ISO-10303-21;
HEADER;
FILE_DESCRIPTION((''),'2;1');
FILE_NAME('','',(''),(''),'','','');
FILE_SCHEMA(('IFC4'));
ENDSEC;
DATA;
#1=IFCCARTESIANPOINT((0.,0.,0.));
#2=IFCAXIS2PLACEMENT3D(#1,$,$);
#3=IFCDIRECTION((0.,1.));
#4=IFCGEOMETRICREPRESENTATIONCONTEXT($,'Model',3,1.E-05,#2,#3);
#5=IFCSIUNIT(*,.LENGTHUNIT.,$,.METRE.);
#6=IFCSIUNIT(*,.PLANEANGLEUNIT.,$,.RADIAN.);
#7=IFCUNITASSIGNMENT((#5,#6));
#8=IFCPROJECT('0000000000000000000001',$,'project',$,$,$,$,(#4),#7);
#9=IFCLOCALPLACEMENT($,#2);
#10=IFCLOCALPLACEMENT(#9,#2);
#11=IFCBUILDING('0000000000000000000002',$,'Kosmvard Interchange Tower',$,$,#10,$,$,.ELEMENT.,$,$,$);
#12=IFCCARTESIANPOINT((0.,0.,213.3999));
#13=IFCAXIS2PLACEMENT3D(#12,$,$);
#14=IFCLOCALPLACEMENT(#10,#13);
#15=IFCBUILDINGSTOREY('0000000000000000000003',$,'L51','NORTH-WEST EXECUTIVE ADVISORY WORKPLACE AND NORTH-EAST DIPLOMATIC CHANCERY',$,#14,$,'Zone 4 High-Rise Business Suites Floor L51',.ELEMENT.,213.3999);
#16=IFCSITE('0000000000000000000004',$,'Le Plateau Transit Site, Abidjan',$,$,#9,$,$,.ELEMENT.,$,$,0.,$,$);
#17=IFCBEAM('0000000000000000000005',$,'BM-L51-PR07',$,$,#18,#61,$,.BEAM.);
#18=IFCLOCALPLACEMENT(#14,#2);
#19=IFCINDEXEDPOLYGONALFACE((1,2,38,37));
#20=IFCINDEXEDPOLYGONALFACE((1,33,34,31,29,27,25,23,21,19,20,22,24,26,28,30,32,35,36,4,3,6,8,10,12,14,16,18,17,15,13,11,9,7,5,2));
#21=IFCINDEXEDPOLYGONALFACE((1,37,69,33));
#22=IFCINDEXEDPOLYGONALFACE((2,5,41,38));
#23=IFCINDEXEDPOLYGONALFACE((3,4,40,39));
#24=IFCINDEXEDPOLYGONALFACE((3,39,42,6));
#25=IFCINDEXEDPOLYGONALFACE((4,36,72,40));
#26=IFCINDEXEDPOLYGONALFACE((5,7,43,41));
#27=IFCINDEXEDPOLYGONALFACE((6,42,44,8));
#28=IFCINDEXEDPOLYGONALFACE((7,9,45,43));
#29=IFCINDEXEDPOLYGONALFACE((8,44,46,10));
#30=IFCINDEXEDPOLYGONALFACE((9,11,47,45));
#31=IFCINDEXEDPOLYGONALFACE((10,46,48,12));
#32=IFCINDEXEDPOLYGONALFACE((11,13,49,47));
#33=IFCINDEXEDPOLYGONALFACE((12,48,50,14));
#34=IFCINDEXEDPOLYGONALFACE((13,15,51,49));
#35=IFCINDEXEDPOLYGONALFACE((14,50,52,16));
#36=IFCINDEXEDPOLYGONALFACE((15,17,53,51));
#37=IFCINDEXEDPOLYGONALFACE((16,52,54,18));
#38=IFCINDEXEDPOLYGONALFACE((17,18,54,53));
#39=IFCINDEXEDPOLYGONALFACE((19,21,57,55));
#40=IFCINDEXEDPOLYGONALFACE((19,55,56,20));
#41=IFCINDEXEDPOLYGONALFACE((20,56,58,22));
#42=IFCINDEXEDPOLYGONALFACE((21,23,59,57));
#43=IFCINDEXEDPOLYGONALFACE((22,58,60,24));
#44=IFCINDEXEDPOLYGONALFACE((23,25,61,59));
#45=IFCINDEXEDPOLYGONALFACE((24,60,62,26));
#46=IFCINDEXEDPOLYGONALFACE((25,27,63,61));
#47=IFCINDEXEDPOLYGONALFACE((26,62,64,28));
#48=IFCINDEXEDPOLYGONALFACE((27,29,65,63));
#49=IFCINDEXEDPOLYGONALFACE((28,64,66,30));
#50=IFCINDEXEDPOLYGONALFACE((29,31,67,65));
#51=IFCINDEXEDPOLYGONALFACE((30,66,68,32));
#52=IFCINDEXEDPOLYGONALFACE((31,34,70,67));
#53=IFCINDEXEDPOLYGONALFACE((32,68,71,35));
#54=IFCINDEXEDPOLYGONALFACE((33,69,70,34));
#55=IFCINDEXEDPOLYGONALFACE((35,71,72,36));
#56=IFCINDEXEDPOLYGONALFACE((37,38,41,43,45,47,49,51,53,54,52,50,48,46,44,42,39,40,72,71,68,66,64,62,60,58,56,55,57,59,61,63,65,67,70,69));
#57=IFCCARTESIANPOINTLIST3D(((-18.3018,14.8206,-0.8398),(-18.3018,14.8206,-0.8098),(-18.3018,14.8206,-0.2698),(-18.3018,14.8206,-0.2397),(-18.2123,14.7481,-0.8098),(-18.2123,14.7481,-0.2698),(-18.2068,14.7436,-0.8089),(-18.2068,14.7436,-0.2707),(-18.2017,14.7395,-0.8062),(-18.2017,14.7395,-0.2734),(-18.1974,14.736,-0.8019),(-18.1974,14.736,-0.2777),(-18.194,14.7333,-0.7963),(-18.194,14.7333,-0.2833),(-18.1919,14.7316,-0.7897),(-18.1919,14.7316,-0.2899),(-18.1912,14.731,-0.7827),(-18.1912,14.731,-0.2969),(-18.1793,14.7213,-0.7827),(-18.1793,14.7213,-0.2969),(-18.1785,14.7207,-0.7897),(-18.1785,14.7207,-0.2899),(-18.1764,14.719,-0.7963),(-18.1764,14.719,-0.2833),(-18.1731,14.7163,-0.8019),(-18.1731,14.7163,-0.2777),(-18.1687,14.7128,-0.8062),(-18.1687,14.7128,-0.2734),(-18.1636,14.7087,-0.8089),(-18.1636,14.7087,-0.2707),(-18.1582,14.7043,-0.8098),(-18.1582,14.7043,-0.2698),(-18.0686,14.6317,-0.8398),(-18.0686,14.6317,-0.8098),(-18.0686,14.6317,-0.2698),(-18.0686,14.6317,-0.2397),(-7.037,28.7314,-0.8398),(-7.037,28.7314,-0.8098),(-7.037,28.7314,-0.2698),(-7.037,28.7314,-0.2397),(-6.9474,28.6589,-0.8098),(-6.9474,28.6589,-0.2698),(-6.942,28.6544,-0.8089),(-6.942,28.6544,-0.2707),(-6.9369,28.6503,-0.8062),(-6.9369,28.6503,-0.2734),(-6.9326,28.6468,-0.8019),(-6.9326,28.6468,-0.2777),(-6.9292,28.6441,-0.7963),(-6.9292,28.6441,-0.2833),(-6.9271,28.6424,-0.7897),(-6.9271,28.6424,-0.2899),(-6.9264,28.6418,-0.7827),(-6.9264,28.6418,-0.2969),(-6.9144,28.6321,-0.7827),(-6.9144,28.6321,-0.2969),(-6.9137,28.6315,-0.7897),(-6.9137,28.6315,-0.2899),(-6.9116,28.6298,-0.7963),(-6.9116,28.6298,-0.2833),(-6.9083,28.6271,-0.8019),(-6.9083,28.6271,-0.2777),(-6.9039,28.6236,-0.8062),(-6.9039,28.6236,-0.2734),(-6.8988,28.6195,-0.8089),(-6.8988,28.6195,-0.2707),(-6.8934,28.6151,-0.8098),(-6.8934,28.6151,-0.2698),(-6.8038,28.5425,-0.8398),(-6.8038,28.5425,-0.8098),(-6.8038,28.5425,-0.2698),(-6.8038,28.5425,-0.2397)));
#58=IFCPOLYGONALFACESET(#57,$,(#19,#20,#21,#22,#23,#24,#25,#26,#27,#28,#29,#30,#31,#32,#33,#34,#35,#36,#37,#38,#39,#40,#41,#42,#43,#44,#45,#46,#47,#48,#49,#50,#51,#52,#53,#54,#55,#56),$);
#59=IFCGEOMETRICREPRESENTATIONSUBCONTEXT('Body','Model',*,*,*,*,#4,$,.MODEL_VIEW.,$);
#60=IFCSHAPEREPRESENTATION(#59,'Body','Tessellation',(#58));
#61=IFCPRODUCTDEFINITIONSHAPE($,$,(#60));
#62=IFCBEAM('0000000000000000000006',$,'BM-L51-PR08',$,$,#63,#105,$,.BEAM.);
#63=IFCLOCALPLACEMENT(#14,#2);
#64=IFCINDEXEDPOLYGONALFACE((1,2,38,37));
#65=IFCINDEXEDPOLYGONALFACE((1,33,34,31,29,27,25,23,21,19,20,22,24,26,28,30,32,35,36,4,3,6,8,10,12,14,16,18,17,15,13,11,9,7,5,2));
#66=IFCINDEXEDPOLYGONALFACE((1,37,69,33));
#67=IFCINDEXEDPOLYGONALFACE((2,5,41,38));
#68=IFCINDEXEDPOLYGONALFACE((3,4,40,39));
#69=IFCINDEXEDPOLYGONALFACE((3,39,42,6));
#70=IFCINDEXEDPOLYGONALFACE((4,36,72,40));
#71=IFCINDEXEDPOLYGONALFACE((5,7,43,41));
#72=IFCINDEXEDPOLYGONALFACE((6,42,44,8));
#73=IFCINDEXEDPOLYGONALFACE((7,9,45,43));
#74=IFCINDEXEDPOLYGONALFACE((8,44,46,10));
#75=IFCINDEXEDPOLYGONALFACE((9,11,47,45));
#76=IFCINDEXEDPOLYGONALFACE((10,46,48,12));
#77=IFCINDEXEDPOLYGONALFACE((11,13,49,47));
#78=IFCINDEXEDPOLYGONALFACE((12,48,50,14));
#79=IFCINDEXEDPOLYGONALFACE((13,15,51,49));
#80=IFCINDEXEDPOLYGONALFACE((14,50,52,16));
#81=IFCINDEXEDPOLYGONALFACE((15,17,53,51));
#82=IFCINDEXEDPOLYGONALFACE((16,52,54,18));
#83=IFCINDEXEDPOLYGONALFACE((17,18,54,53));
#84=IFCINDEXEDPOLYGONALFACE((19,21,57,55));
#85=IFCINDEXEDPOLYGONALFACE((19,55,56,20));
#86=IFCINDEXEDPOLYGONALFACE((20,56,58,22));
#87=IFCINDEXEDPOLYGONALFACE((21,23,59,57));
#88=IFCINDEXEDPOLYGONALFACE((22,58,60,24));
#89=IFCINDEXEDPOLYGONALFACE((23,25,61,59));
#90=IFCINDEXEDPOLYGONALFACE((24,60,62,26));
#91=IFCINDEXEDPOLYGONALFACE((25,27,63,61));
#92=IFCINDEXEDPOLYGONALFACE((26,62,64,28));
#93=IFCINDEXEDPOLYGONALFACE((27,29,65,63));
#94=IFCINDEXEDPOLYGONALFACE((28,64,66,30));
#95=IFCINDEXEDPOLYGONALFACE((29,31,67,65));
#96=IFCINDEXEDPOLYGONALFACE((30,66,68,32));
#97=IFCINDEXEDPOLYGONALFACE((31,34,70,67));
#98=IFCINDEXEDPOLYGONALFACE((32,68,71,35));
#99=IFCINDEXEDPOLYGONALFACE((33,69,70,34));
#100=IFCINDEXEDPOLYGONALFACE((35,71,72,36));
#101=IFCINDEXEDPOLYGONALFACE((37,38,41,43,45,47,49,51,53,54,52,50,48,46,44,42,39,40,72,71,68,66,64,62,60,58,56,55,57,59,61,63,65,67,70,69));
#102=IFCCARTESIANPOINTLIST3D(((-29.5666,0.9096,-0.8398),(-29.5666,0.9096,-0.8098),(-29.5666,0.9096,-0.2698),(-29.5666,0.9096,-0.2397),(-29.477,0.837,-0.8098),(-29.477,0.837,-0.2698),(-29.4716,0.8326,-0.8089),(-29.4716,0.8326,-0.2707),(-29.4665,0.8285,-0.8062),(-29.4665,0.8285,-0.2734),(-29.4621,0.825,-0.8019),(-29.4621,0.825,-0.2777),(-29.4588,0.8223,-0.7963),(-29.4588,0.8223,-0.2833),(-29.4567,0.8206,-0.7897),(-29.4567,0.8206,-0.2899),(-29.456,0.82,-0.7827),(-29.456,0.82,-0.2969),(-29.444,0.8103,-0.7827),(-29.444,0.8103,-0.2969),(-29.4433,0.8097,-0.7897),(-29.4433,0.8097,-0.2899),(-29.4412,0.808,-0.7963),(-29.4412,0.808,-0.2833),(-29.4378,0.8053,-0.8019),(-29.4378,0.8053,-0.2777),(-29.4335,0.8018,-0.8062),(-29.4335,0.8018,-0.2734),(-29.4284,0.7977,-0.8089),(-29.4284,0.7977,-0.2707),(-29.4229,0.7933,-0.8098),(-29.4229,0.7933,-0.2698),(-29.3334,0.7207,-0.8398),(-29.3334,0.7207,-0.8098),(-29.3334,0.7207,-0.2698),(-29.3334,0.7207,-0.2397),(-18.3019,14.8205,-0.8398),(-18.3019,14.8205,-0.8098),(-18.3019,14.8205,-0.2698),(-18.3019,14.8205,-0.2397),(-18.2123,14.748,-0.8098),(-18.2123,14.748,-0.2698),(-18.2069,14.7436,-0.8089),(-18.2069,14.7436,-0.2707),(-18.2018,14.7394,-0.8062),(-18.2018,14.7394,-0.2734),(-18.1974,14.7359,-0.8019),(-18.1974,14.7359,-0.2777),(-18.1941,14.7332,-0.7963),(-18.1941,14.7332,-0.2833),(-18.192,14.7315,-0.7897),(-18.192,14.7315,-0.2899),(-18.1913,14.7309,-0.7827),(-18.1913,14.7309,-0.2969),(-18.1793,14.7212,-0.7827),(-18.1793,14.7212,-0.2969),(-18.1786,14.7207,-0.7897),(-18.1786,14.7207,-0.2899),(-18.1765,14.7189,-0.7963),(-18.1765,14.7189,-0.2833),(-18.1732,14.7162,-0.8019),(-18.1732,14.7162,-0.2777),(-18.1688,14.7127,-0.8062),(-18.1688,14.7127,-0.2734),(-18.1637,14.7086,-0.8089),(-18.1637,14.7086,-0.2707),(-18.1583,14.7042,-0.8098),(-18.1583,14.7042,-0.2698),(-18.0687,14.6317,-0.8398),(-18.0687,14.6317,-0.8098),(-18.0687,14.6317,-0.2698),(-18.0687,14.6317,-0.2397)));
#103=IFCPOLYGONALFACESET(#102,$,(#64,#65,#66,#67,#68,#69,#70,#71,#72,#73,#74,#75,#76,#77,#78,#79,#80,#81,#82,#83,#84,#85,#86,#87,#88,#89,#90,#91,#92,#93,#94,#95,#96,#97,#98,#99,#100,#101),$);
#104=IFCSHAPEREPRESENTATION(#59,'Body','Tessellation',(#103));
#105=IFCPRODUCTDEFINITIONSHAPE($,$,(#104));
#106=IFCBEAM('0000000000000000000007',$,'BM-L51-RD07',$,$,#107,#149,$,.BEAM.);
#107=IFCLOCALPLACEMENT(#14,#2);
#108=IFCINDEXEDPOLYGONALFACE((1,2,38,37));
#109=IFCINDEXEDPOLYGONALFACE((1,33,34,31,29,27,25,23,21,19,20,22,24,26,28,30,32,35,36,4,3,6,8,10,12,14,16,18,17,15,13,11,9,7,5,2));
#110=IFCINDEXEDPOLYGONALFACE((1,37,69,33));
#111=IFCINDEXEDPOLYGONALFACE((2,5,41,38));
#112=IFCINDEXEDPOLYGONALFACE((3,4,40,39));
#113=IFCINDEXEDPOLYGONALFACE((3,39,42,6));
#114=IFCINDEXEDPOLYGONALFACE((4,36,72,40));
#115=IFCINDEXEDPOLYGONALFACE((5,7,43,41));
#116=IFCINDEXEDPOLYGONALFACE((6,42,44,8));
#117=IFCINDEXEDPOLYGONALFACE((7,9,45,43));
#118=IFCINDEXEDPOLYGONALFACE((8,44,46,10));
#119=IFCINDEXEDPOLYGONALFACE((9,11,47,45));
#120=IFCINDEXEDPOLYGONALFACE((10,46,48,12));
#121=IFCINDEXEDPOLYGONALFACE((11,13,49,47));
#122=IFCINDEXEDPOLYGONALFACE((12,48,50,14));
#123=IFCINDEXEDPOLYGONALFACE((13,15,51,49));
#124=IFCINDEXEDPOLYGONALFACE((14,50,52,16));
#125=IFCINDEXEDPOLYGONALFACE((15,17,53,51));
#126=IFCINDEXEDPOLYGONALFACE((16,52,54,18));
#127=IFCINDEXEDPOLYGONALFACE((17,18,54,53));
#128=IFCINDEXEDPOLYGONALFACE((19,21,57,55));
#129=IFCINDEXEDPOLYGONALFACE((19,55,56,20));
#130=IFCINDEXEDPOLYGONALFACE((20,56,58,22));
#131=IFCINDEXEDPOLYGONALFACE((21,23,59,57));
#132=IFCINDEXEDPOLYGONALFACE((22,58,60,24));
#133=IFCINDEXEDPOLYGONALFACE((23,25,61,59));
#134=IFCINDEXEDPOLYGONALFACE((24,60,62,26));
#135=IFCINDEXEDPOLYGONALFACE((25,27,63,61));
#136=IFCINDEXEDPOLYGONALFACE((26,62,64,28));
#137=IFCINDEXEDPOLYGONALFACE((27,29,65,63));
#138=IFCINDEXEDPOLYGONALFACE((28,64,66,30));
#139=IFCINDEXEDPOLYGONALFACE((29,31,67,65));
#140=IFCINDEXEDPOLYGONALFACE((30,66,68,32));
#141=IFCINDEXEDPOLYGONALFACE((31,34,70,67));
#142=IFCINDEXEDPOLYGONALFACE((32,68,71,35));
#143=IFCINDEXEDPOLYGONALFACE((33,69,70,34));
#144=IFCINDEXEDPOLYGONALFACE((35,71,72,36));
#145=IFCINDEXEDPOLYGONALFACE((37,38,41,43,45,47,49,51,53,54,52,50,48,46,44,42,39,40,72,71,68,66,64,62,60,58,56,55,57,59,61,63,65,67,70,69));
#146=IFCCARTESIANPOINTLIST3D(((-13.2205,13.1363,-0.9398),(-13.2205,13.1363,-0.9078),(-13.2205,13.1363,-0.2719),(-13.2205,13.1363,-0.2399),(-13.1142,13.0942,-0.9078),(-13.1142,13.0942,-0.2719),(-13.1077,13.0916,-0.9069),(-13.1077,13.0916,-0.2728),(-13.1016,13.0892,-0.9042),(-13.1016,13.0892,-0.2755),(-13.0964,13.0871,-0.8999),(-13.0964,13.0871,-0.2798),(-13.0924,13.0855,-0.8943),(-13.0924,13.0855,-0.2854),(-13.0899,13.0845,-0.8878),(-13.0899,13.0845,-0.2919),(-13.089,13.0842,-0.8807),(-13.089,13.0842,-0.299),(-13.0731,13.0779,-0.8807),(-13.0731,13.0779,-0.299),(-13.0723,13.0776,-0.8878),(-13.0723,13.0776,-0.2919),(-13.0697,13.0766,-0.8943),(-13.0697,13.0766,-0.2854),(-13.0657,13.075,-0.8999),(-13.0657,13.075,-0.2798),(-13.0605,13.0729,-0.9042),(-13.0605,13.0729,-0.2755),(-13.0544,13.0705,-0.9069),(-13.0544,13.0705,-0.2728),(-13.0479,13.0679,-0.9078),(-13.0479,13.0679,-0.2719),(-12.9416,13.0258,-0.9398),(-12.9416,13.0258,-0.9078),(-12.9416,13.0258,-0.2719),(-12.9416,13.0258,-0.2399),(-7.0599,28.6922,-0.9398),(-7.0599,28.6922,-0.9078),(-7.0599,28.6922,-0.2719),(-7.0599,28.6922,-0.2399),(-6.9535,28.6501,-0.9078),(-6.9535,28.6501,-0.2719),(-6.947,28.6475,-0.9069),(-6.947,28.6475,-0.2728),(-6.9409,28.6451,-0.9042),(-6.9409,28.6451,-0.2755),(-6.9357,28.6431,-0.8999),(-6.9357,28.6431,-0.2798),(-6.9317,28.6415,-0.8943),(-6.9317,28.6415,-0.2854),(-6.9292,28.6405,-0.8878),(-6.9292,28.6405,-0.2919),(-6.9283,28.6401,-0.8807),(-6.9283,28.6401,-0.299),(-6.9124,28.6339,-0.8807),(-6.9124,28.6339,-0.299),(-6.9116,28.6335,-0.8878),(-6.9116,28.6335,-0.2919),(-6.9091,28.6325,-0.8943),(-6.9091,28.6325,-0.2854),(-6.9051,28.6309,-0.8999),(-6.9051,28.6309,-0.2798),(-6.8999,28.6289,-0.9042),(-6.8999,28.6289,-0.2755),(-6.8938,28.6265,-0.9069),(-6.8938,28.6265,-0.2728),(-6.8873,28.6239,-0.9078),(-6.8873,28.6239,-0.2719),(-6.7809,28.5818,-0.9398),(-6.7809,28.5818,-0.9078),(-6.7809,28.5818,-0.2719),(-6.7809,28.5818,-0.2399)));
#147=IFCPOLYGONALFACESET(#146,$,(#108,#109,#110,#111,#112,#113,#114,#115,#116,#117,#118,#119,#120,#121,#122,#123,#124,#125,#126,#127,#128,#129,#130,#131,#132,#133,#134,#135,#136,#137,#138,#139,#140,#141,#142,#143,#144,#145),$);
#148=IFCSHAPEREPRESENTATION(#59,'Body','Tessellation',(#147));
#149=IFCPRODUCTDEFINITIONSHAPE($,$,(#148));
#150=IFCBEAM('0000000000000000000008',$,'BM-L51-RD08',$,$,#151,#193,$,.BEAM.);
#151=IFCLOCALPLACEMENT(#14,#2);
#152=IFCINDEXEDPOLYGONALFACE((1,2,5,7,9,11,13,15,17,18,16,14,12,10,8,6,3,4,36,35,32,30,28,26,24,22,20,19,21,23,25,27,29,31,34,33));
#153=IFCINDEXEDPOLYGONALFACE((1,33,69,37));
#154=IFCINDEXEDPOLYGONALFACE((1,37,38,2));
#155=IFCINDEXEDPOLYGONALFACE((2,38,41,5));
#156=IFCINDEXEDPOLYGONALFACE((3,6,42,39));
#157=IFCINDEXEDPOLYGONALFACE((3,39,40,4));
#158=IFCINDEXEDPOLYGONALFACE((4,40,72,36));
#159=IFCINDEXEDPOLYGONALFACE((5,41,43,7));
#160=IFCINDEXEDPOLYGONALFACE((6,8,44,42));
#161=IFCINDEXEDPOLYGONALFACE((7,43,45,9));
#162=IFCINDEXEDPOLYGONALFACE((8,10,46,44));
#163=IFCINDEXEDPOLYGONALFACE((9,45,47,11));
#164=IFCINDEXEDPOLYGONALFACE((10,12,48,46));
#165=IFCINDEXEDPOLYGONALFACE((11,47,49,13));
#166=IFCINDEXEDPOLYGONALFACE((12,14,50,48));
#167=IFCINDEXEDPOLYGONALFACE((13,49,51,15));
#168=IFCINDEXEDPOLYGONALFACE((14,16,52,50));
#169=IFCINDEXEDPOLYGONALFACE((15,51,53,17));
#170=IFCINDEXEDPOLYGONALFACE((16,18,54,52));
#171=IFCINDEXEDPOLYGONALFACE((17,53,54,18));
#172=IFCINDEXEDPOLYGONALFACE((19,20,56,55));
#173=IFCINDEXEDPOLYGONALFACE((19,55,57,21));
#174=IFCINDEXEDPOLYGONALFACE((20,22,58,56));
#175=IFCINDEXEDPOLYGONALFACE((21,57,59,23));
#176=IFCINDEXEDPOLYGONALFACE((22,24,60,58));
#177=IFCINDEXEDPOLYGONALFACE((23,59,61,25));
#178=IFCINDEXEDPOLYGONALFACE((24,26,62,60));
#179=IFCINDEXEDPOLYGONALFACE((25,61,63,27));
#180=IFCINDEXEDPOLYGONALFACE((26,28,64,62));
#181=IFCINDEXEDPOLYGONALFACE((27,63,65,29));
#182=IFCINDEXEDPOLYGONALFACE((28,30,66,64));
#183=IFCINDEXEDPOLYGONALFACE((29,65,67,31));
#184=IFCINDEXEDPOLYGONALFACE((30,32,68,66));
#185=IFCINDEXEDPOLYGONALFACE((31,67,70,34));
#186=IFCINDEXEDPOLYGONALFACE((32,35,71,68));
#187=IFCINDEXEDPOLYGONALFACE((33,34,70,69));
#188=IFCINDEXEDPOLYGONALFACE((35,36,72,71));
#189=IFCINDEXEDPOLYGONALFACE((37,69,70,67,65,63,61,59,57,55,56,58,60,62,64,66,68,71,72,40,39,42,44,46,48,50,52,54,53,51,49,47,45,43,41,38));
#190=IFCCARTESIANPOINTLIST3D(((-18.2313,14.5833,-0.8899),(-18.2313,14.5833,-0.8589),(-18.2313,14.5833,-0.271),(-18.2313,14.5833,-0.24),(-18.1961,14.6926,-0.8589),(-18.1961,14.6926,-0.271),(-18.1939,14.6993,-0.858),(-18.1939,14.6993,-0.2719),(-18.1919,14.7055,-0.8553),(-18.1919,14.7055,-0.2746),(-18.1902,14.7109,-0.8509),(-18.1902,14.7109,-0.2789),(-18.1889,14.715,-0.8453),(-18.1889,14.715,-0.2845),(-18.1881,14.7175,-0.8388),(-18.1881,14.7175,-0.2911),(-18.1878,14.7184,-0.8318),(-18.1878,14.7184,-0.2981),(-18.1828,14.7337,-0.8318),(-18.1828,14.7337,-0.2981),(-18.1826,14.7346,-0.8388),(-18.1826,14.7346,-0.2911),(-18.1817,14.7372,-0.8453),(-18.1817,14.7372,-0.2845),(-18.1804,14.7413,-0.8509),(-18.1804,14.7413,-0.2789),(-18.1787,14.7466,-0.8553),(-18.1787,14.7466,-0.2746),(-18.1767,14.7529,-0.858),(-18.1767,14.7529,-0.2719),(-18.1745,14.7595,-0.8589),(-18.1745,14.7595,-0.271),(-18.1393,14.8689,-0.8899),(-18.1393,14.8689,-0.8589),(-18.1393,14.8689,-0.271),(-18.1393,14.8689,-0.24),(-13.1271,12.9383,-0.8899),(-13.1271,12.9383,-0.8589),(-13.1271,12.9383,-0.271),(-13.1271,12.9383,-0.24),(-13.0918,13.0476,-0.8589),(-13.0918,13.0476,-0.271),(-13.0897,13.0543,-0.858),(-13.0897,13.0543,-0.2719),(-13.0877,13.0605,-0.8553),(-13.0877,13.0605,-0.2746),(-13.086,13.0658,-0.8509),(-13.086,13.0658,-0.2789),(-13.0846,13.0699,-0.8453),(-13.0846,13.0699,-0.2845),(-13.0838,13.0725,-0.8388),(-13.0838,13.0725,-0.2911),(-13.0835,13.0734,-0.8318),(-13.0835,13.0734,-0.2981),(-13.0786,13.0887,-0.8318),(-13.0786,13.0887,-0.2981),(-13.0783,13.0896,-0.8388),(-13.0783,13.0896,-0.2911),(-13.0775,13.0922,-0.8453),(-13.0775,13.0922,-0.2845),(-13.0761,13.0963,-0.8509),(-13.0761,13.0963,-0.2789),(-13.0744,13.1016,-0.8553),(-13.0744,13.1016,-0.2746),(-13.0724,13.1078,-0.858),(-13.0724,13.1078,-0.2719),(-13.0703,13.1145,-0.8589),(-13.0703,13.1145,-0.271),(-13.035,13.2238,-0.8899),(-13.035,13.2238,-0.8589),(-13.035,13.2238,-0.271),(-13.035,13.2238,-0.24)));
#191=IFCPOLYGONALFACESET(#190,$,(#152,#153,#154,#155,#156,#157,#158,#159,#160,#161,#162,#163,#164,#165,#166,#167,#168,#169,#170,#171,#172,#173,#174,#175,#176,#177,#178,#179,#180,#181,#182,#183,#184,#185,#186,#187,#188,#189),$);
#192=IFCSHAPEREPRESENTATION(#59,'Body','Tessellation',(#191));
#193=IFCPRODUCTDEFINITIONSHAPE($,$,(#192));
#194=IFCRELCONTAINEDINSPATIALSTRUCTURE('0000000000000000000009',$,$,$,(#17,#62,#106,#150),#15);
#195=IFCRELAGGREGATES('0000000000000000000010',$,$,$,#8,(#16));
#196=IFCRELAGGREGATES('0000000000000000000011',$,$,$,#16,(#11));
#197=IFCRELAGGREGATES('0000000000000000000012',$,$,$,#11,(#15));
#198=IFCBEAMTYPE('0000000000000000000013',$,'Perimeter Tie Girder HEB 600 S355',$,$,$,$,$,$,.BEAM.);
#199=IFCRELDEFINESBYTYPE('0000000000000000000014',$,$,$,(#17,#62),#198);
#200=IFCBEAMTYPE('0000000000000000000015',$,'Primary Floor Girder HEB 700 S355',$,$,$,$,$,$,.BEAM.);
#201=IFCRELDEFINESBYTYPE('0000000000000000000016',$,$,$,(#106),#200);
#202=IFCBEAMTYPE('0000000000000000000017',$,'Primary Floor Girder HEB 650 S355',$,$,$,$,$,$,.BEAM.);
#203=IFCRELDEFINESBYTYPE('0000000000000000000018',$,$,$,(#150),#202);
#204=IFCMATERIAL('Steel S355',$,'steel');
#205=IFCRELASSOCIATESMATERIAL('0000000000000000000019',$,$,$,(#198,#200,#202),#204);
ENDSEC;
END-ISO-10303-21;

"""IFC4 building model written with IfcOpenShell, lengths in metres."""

from ifc_helpers import new_model, si_unit, direction, frame, origin, origin_2d, place, context, subcontext, project, spatial, i_section, extrude, source, transform, mapped, material, material_profile, profile_set, type_object, element, save


model = new_model("IFC4")

# Units and contexts
model_context = context("Model", 3, precision=1e-05, world=origin(), true_north=direction((0.0, 1.0)))
body_context = subcontext(model_context, "Body", "Model", "MODEL_VIEW")
ifc_project = project(units=[si_unit("LENGTHUNIT", "METRE"), si_unit("PLANEANGLEUNIT", "RADIAN")], contexts=[model_context])

# Site, building, storey
site_placement = place(None, origin())
site = spatial("IfcSite", under=ifc_project, at=site_placement, Name="Le Plateau Transit Site, Abidjan", CompositionType="ELEMENT", RefElevation=0.0)
building_placement = place(site_placement, origin())
building = spatial("IfcBuilding", under=site, at=building_placement, Name="Kosmvard Interchange Tower", CompositionType="ELEMENT")
storey_placement = place(building_placement, frame((0.0, 0.0, 213.3999)))
storey = spatial("IfcBuildingStorey", under=building, at=storey_placement, Name="L51", Description="NORTH-WEST EXECUTIVE ADVISORY WORKPLACE AND NORTH-EAST DIPLOMATIC CHANCERY", LongName="Zone 4 High-Rise Business Suites Floor L51", CompositionType="ELEMENT", Elevation=213.3999)

# Beams
ifc_material_1 = material(Name="Steel S355", Category="steel")
ifc_material_profile_1 = material_profile(ifc_material_1, i_section(OverallWidth=0.3, OverallDepth=0.6001, WebThickness=0.0154, FlangeThickness=0.03, FilletRadius=0.0271, at=origin_2d()), Name="HEB 600")
ifc_profile_set_1 = profile_set([ifc_material_profile_1], Name="Steel S355")
beam_type_1 = type_object("IfcBeamType", Name="Perimeter Tie Girder HEB 600 S355", PredefinedType="BEAM", material=ifc_profile_set_1)
shared_shape_1 = source(origin(), body_context, "Body", "SweptSolid", [
    extrude(i_section(OverallWidth=0.3, OverallDepth=0.6001, WebThickness=0.0154, FlangeThickness=0.03, FilletRadius=0.0271, at=origin_2d()), origin(), (0.0, 0.0, 1.0), 17.8999),
])
for number, where, z_axis, x_axis, name in (
    (1, (-6.9204, 28.637, -0.5398), (-0.629323, -0.777144, 0.0), (0.777144, -0.629323, 0.0), "BM-L51-PR07"),
    (2, (-18.1853, 14.7261, -0.5398), (-0.629315, -0.777151, 0.0), (0.777151, -0.629315, 0.0), "BM-L51-PR08"),
):
    element("IfcBeam", number, at=place(storey_placement, frame(where, z_axis=z_axis, x_axis=x_axis)), inside=storey, type_object=beam_type_1, Name=name, PredefinedType="BEAM", context=body_context, shape_type="MappedRepresentation", body=[
        mapped(shared_shape_1, transform((0.0, 0.0, 0.0), scale=1.0)),
    ])
ifc_material_profile_2 = material_profile(ifc_material_1, i_section(OverallWidth=0.3, OverallDepth=0.7, WebThickness=0.0171, FlangeThickness=0.032, FilletRadius=0.0271, at=origin_2d()), Name="HEB 700")
ifc_profile_set_2 = profile_set([ifc_material_profile_2], Name="Steel S355")
beam_type_2 = type_object("IfcBeamType", Name="Primary Floor Girder HEB 700 S355", PredefinedType="BEAM", material=ifc_profile_set_2)
shared_shape_2 = source(origin(), body_context, "Body", "SweptSolid", [
    extrude(i_section(OverallWidth=0.3, OverallDepth=0.7, WebThickness=0.0171, FlangeThickness=0.032, FilletRadius=0.0271, at=origin_2d()), origin(), (0.0, 0.0, 1.0), 16.7314),
])
beam_1_placement = place(storey_placement, frame((-13.0811, 13.0811, -0.5898), z_axis=(0.368209, 0.929743, 0.0), x_axis=(-0.929743, 0.368209, 0.0)))
element("IfcBeam", 3, at=beam_1_placement, inside=storey, type_object=beam_type_2, Name="BM-L51-RD07", PredefinedType="BEAM", context=body_context, shape_type="MappedRepresentation", body=[
    mapped(shared_shape_2, transform((0.0, 0.0, 0.0), scale=1.0)),
])
ifc_material_profile_3 = material_profile(ifc_material_1, i_section(OverallWidth=0.3, OverallDepth=0.6499, WebThickness=0.0161, FlangeThickness=0.031, FilletRadius=0.0271, at=origin_2d()), Name="HEB 650")
ifc_profile_set_3 = profile_set([ifc_material_profile_3], Name="Steel S355")
beam_type_3 = type_object("IfcBeamType", Name="Primary Floor Girder HEB 650 S355", PredefinedType="BEAM", material=ifc_profile_set_3)
shared_shape_3 = source(origin(), body_context, "Body", "SweptSolid", [
    extrude(i_section(OverallWidth=0.3, OverallDepth=0.6499, WebThickness=0.0161, FlangeThickness=0.031, FilletRadius=0.0271, at=origin_2d()), origin(), (0.0, 0.0, 1.0), 5.3628),
])
beam_2_placement = place(storey_placement, frame((-13.0811, 13.0811, -0.5649), z_axis=(-0.951791, 0.306747, 0.0), x_axis=(-0.306747, -0.951791, 0.0)))
element("IfcBeam", 4, at=beam_2_placement, inside=storey, type_object=beam_type_3, Name="BM-L51-RD08", PredefinedType="BEAM", context=body_context, shape_type="MappedRepresentation", body=[
    mapped(shared_shape_3, transform((0.0, 0.0, 0.0), scale=1.0)),
])

save(model, "model.ifc")
